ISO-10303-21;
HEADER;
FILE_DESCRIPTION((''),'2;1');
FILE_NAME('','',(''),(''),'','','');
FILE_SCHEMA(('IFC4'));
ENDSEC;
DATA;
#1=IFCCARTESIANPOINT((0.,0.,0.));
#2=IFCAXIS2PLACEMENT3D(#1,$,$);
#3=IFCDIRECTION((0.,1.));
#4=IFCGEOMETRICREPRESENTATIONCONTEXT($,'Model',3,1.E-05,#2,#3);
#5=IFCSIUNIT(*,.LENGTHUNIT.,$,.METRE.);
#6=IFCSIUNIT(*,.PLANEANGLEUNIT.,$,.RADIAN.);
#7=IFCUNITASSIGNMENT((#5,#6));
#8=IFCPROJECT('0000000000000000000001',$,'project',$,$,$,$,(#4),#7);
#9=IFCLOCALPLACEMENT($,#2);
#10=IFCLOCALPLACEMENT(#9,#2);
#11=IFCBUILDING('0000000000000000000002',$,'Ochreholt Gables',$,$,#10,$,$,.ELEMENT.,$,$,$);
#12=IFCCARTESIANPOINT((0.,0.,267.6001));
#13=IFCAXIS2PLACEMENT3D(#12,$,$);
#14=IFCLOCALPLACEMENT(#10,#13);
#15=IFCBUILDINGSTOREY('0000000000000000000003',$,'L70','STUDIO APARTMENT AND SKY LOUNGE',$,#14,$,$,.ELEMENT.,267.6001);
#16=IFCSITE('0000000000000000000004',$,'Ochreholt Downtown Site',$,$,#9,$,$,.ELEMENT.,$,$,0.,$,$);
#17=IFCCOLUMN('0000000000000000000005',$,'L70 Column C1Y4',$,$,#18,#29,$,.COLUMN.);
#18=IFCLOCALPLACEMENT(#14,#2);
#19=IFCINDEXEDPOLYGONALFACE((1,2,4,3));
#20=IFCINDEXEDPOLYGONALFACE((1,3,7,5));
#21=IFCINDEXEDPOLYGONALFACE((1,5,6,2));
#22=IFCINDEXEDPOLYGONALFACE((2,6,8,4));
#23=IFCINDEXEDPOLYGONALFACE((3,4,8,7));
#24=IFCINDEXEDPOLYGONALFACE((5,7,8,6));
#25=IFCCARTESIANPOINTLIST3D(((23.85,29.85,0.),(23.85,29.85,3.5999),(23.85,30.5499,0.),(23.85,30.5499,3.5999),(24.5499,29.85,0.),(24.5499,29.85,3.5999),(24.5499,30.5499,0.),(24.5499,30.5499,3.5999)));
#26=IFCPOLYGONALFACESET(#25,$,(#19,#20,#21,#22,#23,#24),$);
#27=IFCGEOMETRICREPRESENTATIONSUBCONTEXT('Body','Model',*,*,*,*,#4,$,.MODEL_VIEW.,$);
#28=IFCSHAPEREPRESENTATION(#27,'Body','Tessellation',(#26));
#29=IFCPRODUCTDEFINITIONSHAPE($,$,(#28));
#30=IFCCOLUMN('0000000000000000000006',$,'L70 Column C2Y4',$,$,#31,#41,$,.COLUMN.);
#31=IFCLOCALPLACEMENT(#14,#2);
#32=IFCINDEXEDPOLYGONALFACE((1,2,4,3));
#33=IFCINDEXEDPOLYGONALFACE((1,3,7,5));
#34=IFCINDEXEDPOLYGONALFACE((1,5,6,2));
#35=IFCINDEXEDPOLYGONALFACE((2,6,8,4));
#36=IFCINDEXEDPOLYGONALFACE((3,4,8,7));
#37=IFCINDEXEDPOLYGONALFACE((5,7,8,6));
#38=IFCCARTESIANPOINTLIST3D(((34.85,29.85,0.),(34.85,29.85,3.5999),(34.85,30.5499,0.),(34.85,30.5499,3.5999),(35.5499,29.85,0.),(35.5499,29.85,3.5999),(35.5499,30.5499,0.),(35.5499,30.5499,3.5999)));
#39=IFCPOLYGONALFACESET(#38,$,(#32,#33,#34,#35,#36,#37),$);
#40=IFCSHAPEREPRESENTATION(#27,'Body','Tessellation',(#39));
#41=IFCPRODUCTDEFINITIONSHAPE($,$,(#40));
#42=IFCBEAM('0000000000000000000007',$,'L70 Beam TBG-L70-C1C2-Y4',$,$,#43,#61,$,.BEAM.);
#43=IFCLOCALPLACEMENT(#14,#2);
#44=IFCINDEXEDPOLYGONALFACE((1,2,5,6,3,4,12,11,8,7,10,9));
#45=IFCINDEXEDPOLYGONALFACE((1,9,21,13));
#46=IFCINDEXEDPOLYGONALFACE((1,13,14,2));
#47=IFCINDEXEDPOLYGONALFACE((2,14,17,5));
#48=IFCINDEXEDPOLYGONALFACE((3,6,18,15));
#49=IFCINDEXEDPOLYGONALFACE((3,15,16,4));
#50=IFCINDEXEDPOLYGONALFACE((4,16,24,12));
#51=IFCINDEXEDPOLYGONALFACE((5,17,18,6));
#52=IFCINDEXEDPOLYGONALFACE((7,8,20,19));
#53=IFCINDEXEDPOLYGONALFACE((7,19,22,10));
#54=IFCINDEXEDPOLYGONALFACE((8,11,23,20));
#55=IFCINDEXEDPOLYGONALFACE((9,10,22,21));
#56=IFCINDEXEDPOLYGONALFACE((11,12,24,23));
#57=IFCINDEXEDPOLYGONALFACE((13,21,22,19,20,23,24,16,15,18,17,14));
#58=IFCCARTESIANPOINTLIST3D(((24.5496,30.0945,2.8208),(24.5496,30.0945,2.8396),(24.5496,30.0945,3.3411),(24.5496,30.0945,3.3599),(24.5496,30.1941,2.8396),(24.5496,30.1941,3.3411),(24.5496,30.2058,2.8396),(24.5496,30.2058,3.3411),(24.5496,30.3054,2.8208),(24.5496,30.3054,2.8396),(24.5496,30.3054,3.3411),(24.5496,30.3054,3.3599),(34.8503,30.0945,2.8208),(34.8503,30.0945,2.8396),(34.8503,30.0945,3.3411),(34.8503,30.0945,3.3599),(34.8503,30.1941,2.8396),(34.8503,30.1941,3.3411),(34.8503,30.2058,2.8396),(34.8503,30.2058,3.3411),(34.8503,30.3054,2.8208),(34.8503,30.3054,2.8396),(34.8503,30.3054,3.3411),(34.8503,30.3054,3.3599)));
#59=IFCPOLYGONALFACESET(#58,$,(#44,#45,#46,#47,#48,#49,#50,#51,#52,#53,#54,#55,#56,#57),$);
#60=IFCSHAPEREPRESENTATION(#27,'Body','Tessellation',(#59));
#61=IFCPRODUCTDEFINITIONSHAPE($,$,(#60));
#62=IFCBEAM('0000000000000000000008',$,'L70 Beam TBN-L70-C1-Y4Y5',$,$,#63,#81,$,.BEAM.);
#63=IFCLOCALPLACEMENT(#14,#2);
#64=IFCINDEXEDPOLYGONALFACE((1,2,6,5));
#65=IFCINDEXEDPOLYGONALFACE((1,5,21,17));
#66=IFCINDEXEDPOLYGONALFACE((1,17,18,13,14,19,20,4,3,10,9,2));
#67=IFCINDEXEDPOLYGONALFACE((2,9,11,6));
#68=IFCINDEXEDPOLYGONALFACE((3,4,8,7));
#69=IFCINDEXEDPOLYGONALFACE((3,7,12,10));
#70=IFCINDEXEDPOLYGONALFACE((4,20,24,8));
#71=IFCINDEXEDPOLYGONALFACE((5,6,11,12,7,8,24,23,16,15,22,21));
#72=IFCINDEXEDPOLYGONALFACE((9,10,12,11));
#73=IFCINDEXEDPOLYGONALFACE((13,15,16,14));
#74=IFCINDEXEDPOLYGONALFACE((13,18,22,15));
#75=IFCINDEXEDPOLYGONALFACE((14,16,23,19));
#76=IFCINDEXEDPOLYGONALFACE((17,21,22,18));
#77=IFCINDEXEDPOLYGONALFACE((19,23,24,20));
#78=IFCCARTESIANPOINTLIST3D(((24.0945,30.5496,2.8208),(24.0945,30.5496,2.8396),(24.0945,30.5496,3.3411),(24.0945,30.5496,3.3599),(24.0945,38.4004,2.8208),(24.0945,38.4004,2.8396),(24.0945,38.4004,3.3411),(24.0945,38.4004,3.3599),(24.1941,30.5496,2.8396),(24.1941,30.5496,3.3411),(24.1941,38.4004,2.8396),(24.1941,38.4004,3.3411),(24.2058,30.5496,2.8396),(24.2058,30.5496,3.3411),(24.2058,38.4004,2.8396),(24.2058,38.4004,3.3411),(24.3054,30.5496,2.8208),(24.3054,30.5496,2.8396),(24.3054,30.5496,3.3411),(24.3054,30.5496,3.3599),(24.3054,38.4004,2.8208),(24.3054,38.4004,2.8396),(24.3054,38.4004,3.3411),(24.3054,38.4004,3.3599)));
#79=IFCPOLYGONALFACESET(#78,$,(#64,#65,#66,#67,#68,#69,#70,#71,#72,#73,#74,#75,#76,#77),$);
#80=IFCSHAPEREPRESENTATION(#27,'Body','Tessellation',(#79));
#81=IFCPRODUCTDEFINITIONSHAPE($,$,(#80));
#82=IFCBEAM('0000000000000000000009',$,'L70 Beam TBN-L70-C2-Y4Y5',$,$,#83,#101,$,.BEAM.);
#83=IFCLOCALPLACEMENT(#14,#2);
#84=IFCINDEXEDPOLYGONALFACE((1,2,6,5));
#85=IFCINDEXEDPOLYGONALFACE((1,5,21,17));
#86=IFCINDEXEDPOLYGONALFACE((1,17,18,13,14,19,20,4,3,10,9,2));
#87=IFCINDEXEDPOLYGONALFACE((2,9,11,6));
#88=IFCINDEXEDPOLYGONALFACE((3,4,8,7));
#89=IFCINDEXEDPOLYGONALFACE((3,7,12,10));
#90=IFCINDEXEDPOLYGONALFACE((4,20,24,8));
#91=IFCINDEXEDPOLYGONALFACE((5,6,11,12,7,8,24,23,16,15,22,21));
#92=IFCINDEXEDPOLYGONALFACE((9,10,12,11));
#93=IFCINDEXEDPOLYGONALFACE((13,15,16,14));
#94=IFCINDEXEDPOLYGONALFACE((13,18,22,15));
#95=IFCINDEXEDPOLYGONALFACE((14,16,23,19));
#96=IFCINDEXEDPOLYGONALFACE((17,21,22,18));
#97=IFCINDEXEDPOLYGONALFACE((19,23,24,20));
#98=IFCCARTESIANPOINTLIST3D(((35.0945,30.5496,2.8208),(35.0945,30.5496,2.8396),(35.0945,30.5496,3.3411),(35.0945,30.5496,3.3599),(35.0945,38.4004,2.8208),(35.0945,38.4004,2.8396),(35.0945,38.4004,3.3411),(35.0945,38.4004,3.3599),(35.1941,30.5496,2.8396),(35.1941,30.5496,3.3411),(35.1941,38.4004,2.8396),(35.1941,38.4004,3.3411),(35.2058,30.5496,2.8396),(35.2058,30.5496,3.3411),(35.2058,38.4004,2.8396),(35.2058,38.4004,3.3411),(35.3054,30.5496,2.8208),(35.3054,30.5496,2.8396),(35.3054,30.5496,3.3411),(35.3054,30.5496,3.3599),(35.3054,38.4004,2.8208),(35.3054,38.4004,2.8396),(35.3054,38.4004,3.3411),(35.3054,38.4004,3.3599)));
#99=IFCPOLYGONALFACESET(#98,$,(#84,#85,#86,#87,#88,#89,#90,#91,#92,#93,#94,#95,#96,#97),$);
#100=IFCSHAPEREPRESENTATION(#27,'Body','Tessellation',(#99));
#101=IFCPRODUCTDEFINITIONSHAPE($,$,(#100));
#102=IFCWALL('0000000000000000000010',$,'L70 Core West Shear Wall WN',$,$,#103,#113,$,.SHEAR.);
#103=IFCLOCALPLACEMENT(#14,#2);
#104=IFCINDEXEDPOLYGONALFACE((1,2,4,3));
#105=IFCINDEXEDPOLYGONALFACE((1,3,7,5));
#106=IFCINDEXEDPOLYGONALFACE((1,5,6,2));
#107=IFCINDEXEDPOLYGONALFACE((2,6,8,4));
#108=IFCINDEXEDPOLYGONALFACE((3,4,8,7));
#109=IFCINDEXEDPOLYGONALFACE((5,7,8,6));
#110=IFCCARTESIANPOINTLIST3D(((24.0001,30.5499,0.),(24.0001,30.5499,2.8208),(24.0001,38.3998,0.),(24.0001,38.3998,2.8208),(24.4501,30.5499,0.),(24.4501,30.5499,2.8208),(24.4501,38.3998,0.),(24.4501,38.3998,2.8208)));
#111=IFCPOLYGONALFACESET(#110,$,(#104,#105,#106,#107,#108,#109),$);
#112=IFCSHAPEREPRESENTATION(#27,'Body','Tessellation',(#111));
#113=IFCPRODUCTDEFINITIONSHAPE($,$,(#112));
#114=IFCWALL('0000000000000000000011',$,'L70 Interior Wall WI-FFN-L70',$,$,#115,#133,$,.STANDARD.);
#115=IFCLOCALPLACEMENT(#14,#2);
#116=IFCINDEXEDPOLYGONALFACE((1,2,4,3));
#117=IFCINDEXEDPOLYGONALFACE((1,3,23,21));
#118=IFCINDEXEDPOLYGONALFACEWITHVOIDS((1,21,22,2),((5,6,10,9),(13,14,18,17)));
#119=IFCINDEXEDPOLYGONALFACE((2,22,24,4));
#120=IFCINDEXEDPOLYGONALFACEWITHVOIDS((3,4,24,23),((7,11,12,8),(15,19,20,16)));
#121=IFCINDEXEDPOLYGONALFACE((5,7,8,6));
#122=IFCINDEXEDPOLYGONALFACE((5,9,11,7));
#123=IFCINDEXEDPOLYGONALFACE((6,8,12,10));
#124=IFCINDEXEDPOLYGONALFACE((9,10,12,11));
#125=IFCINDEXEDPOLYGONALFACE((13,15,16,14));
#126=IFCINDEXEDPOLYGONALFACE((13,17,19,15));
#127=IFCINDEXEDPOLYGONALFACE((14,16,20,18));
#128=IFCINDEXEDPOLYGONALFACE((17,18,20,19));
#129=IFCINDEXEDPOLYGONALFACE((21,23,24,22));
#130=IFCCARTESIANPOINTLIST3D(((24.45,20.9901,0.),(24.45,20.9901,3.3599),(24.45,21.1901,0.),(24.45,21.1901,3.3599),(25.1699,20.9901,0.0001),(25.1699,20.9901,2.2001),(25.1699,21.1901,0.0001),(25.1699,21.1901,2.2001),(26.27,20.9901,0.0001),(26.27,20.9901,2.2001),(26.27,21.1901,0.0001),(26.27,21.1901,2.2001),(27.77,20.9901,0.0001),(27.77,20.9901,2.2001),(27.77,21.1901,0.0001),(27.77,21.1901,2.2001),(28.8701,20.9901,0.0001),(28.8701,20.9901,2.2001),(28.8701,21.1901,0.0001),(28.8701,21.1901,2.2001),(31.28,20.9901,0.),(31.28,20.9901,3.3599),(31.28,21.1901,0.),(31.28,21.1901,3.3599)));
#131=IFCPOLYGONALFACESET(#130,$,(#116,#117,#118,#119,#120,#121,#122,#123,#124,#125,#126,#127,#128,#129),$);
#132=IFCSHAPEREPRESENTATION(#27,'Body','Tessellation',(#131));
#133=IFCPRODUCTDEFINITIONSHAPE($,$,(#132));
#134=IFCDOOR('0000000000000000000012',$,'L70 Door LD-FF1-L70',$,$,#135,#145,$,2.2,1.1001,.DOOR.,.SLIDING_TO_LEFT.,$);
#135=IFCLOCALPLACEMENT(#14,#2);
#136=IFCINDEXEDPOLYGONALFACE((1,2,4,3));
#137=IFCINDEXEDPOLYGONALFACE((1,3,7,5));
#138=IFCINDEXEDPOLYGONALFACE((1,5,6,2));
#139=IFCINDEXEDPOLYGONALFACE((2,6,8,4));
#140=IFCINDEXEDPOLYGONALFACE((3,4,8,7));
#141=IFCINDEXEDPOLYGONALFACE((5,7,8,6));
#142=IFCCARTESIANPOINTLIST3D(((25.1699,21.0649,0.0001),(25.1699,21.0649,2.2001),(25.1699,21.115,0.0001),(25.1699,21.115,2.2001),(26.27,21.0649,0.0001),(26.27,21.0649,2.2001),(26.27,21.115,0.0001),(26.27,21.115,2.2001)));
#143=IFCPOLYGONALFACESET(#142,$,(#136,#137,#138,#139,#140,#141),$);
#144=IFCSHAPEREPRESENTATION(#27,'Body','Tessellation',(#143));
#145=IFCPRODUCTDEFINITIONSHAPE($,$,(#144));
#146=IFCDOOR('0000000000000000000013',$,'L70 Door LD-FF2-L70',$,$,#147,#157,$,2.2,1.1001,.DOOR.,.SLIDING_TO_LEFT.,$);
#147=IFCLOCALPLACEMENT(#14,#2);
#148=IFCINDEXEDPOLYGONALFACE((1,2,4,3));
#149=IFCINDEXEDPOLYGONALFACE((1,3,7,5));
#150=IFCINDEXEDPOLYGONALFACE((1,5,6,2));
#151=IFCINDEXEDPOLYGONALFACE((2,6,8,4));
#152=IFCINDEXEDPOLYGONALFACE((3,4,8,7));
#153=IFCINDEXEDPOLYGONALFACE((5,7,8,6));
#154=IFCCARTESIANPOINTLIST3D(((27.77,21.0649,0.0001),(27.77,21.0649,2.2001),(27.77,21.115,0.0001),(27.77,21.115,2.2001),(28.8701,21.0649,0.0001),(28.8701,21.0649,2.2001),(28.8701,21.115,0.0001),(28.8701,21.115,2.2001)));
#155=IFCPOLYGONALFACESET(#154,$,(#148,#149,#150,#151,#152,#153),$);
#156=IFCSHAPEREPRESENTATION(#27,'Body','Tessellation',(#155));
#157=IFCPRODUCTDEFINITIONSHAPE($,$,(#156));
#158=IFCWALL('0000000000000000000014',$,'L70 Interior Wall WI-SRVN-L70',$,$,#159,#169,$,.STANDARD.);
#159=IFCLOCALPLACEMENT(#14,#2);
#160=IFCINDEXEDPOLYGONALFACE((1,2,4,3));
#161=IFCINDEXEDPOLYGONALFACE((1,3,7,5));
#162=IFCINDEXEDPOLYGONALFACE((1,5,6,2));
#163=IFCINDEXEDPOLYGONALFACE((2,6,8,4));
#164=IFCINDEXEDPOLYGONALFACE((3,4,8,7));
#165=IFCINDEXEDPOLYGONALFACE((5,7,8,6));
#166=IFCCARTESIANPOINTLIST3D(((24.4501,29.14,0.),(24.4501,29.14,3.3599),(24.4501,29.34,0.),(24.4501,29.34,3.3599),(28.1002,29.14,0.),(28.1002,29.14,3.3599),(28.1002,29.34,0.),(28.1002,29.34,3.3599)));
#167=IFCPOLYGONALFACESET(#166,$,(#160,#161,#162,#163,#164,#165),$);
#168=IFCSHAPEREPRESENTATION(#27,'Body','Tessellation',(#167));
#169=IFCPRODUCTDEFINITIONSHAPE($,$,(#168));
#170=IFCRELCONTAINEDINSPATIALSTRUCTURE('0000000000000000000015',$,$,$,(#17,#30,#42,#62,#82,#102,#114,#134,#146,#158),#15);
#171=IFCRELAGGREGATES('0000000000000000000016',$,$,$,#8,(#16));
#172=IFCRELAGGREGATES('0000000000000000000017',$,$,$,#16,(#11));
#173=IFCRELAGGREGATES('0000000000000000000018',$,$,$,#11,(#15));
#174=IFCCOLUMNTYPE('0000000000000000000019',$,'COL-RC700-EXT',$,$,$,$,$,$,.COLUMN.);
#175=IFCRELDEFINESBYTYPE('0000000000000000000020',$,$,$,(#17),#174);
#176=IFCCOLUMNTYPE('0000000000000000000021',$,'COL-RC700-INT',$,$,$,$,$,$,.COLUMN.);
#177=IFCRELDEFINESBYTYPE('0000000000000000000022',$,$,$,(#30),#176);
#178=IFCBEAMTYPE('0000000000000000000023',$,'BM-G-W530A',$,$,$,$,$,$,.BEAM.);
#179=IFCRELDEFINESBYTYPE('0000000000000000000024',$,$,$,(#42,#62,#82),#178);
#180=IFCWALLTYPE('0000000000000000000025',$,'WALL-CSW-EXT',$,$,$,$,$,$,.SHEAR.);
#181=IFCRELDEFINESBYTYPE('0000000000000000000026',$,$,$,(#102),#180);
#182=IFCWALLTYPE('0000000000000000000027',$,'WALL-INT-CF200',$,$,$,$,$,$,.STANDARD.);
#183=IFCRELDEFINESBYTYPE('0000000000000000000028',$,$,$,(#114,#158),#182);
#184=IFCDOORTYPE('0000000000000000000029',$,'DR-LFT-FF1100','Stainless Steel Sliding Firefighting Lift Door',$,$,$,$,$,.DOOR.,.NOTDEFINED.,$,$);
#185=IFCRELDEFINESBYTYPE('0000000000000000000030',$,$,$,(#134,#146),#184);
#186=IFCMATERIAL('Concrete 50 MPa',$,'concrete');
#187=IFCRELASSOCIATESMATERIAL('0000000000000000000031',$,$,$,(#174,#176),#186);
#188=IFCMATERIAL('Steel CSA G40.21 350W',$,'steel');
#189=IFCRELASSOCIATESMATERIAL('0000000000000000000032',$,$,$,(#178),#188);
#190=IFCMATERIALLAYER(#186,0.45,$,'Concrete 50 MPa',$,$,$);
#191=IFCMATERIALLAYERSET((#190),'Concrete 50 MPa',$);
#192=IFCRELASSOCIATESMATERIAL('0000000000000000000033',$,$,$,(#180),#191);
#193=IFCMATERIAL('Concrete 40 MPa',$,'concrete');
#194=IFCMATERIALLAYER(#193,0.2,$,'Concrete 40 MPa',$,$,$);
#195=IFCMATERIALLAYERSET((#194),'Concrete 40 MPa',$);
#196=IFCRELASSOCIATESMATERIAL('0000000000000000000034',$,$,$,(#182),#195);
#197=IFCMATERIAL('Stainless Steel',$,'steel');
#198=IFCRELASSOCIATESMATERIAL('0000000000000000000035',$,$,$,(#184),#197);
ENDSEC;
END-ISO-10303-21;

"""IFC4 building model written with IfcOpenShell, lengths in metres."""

from ifc_helpers import new_model, si_unit, direction, frame, frame_2d, origin, origin_2d, place, context, subcontext, project, spatial, rectangle, i_section, extrude, material, layer, layer_set, material_profile, profile_set, type_object, element, fill, save


model = new_model("IFC4")

# Units and contexts
model_context = context("Model", 3, precision=1e-05, world=origin(), true_north=direction((0.0, 1.0)))
body_context = subcontext(model_context, "Body", "Model", "MODEL_VIEW")
ifc_project = project(units=[si_unit("LENGTHUNIT", "METRE"), si_unit("PLANEANGLEUNIT", "RADIAN")], contexts=[model_context])

# Site, building, storey
site_placement = place(None, origin())
site = spatial("IfcSite", under=ifc_project, at=site_placement, Name="Ochreholt Downtown Site", CompositionType="ELEMENT", RefElevation=0.0)
building_placement = place(site_placement, origin())
building = spatial("IfcBuilding", under=site, at=building_placement, Name="Ochreholt Gables", CompositionType="ELEMENT")
storey_placement = place(building_placement, frame((0.0, 0.0, 267.6001)))
storey = spatial("IfcBuildingStorey", under=building, at=storey_placement, Name="L70", Description="STUDIO APARTMENT AND SKY LOUNGE", CompositionType="ELEMENT", Elevation=267.6001)

# Columns
ifc_material_1 = material(Name="Concrete 50 MPa", Category="concrete")
ifc_material_profile_1 = material_profile(ifc_material_1, rectangle(XDim=0.7, YDim=0.7, at=origin_2d()), Name="RC700X700")
ifc_profile_set_1 = profile_set([ifc_material_profile_1], Name="Concrete 50 MPa")
column_type_1 = type_object("IfcColumnType", Name="COL-RC700-EXT", PredefinedType="COLUMN", material=ifc_profile_set_1)
column_1_placement = place(storey_placement, frame((24.2, 30.2, 0.0), z_axis=(0.0, 0.0, 1.0), x_axis=(1.0, 0.0, 0.0)))
element("IfcColumn", 1, at=column_1_placement, inside=storey, type_object=column_type_1, Name="L70 Column C1Y4", PredefinedType="COLUMN", context=body_context, shape_type="SweptSolid", body=[
    extrude(rectangle(XDim=0.7, YDim=0.7, at=origin_2d()), origin(), (0.0, 0.0, 1.0), 3.5999),
])
ifc_material_profile_2 = material_profile(ifc_material_1, rectangle(XDim=0.7, YDim=0.7, at=origin_2d()), Name="RC700X700")
ifc_profile_set_2 = profile_set([ifc_material_profile_2], Name="Concrete 50 MPa")
column_type_2 = type_object("IfcColumnType", Name="COL-RC700-INT", PredefinedType="COLUMN", material=ifc_profile_set_2)
column_2_placement = place(storey_placement, frame((35.2, 30.2, 0.0), z_axis=(0.0, 0.0, 1.0), x_axis=(1.0, 0.0, 0.0)))
element("IfcColumn", 2, at=column_2_placement, inside=storey, type_object=column_type_2, Name="L70 Column C2Y4", PredefinedType="COLUMN", context=body_context, shape_type="SweptSolid", body=[
    extrude(rectangle(XDim=0.7, YDim=0.7, at=origin_2d()), origin(), (0.0, 0.0, 1.0), 3.5999),
])

# Beams
ifc_material_2 = material(Name="Steel CSA G40.21 350W", Category="steel")
ifc_material_profile_3 = material_profile(ifc_material_2, i_section(OverallWidth=0.2109, OverallDepth=0.5391, WebThickness=0.0117, FlangeThickness=0.0188, at=origin_2d()), Name="W530X109")
ifc_profile_set_3 = profile_set([ifc_material_profile_3], Name="Steel CSA G40.21 350W")
beam_type = type_object("IfcBeamType", Name="BM-G-W530A", PredefinedType="BEAM", material=ifc_profile_set_3)
beam_placement = place(storey_placement, frame((24.5496, 30.2, 3.0903), z_axis=(1.0, 0.0, 0.0), x_axis=(0.0, 1.0, 0.0)))
element("IfcBeam", 3, at=beam_placement, inside=storey, type_object=beam_type, Name="L70 Beam TBG-L70-C1C2-Y4", PredefinedType="BEAM", context=body_context, shape_type="SweptSolid", body=[
    extrude(i_section(OverallWidth=0.2109, OverallDepth=0.5391, WebThickness=0.0117, FlangeThickness=0.0188, at=origin_2d()), origin(), (0.0, 0.0, 1.0), 10.3008),
])
for number, where, z_axis, x_axis, name in (
    (4, (24.2, 30.5496, 3.0903), (0.0, 1.0, 0.0), (-1.0, 0.0, 0.0), "L70 Beam TBN-L70-C1-Y4Y5"),
    (5, (35.2, 30.5496, 3.0903), (0.0, 1.0, 0.0), (-1.0, 0.0, 0.0), "L70 Beam TBN-L70-C2-Y4Y5"),
):
    element("IfcBeam", number, at=place(storey_placement, frame(where, z_axis=z_axis, x_axis=x_axis)), inside=storey, type_object=beam_type, Name=name, PredefinedType="BEAM", context=body_context, shape_type="SweptSolid", body=[
        extrude(i_section(OverallWidth=0.2109, OverallDepth=0.5391, WebThickness=0.0117, FlangeThickness=0.0188, at=origin_2d()), origin(), (0.0, 0.0, 1.0), 7.8508),
    ])

# Wall
ifc_layer_1 = layer(ifc_material_1, 0.45, Name="Concrete 50 MPa")
ifc_layer_set_1 = layer_set([ifc_layer_1], Name="Concrete 50 MPa")
wall_type_1 = type_object("IfcWallType", Name="WALL-CSW-EXT", PredefinedType="SHEAR", material=ifc_layer_set_1)
wall_1_placement = place(storey_placement, frame((24.2251, 30.55, 0.0), z_axis=(0.0, 0.0, 1.0), x_axis=(0.0, 1.0, 0.0)))
element("IfcWall", 6, at=wall_1_placement, inside=storey, type_object=wall_type_1, Name="L70 Core West Shear Wall WN", PredefinedType="SHEAR", context=body_context, shape_type="SweptSolid", body=[
    extrude(rectangle(XDim=7.8499, YDim=0.45, at=frame_2d((3.9248, 0.0))), origin(), (0.0, 0.0, 1.0), 2.8208),
])

# Wall, openings, doors
ifc_material_3 = material(Name="Concrete 40 MPa", Category="concrete")
ifc_layer_2 = layer(ifc_material_3, 0.2, Name="Concrete 40 MPa")
ifc_layer_set_2 = layer_set([ifc_layer_2], Name="Concrete 40 MPa")
wall_type_2 = type_object("IfcWallType", Name="WALL-INT-CF200", PredefinedType="STANDARD", material=ifc_layer_set_2)
wall_2_placement = place(storey_placement, frame((24.45, 21.0901, 0.0), z_axis=(0.0, 0.0, 1.0), x_axis=(1.0, 0.0, 0.0)))
wall_2 = element("IfcWall", 7, at=wall_2_placement, inside=storey, type_object=wall_type_2, Name="L70 Interior Wall WI-FFN-L70", PredefinedType="STANDARD", context=body_context, shape_type="SweptSolid", body=[
    extrude(rectangle(XDim=6.8301, YDim=0.2, at=frame_2d((3.415, 0.0))), origin(), (0.0, 0.0, 1.0), 3.3599),
])
opening_1_placement = place(wall_2_placement, frame((0.72, 0.0, 0.0)))
opening_1 = element("IfcOpeningElement", 8, at=opening_1_placement, cuts=wall_2, PredefinedType="OPENING", context=body_context, shape_type="SweptSolid", body=[
    extrude(rectangle(XDim=1.1001, YDim=2.2, at=frame_2d((0.55, 1.1001))), frame((0.0, 0.1099, 0.0), z_axis=(0.0, -1.0, 0.0), x_axis=(1.0, 0.0, 0.0)), (0.0, 0.0, 1.0), 0.22),
])
opening_2_placement = place(wall_2_placement, frame((3.3201, 0.0, 0.0)))
opening_2 = element("IfcOpeningElement", 9, at=opening_2_placement, cuts=wall_2, PredefinedType="OPENING", context=body_context, shape_type="SweptSolid", body=[
    extrude(rectangle(XDim=1.1001, YDim=2.2, at=frame_2d((0.55, 1.1001))), frame((0.0, 0.1099, 0.0), z_axis=(0.0, -1.0, 0.0), x_axis=(1.0, 0.0, 0.0)), (0.0, 0.0, 1.0), 0.22),
])
ifc_material_4 = material(Name="Stainless Steel", Category="steel")
door_type_1 = type_object("IfcDoorType", Name="DR-LFT-FF1100", Description="Stainless Steel Sliding Firefighting Lift Door", OperationType="NOTDEFINED", PredefinedType="DOOR", material=ifc_material_4)
door_1_placement = place(opening_1_placement, origin())
door_1 = element("IfcDoor", 10, at=door_1_placement, inside=storey, type_object=door_type_1, Name="L70 Door LD-FF1-L70", OperationType="SLIDING_TO_LEFT", OverallHeight=2.2, OverallWidth=1.1001, PredefinedType="DOOR", context=body_context, shape_type="SweptSolid", body=[
    extrude(rectangle(XDim=1.1001, YDim=2.2, at=frame_2d((0.55, 1.1001))), frame((0.0, 0.0249, 0.0), z_axis=(0.0, -1.0, 0.0), x_axis=(1.0, 0.0, 0.0)), (0.0, 0.0, 1.0), 0.05),
])
fill(opening_1, door_1)
door_2_placement = place(opening_2_placement, origin())
door_2 = element("IfcDoor", 11, at=door_2_placement, inside=storey, type_object=door_type_1, Name="L70 Door LD-FF2-L70", OperationType="SLIDING_TO_LEFT", OverallHeight=2.2, OverallWidth=1.1001, PredefinedType="DOOR", context=body_context, shape_type="SweptSolid", body=[
    extrude(rectangle(XDim=1.1001, YDim=2.2, at=frame_2d((0.55, 1.1001))), frame((0.0, 0.0249, 0.0), z_axis=(0.0, -1.0, 0.0), x_axis=(1.0, 0.0, 0.0)), (0.0, 0.0, 1.0), 0.05),
])
fill(opening_2, door_2)

# Wall
wall_3_placement = place(storey_placement, frame((24.45, 29.24, 0.0), z_axis=(0.0, 0.0, 1.0), x_axis=(1.0, 0.0, 0.0)))
element("IfcWall", 12, at=wall_3_placement, inside=storey, type_object=wall_type_2, Name="L70 Interior Wall WI-SRVN-L70", PredefinedType="STANDARD", context=body_context, shape_type="SweptSolid", body=[
    extrude(rectangle(XDim=3.6501, YDim=0.2, at=frame_2d((1.8252, 0.0))), origin(), (0.0, 0.0, 1.0), 3.3599),
])

save(model, "model.ifc")
